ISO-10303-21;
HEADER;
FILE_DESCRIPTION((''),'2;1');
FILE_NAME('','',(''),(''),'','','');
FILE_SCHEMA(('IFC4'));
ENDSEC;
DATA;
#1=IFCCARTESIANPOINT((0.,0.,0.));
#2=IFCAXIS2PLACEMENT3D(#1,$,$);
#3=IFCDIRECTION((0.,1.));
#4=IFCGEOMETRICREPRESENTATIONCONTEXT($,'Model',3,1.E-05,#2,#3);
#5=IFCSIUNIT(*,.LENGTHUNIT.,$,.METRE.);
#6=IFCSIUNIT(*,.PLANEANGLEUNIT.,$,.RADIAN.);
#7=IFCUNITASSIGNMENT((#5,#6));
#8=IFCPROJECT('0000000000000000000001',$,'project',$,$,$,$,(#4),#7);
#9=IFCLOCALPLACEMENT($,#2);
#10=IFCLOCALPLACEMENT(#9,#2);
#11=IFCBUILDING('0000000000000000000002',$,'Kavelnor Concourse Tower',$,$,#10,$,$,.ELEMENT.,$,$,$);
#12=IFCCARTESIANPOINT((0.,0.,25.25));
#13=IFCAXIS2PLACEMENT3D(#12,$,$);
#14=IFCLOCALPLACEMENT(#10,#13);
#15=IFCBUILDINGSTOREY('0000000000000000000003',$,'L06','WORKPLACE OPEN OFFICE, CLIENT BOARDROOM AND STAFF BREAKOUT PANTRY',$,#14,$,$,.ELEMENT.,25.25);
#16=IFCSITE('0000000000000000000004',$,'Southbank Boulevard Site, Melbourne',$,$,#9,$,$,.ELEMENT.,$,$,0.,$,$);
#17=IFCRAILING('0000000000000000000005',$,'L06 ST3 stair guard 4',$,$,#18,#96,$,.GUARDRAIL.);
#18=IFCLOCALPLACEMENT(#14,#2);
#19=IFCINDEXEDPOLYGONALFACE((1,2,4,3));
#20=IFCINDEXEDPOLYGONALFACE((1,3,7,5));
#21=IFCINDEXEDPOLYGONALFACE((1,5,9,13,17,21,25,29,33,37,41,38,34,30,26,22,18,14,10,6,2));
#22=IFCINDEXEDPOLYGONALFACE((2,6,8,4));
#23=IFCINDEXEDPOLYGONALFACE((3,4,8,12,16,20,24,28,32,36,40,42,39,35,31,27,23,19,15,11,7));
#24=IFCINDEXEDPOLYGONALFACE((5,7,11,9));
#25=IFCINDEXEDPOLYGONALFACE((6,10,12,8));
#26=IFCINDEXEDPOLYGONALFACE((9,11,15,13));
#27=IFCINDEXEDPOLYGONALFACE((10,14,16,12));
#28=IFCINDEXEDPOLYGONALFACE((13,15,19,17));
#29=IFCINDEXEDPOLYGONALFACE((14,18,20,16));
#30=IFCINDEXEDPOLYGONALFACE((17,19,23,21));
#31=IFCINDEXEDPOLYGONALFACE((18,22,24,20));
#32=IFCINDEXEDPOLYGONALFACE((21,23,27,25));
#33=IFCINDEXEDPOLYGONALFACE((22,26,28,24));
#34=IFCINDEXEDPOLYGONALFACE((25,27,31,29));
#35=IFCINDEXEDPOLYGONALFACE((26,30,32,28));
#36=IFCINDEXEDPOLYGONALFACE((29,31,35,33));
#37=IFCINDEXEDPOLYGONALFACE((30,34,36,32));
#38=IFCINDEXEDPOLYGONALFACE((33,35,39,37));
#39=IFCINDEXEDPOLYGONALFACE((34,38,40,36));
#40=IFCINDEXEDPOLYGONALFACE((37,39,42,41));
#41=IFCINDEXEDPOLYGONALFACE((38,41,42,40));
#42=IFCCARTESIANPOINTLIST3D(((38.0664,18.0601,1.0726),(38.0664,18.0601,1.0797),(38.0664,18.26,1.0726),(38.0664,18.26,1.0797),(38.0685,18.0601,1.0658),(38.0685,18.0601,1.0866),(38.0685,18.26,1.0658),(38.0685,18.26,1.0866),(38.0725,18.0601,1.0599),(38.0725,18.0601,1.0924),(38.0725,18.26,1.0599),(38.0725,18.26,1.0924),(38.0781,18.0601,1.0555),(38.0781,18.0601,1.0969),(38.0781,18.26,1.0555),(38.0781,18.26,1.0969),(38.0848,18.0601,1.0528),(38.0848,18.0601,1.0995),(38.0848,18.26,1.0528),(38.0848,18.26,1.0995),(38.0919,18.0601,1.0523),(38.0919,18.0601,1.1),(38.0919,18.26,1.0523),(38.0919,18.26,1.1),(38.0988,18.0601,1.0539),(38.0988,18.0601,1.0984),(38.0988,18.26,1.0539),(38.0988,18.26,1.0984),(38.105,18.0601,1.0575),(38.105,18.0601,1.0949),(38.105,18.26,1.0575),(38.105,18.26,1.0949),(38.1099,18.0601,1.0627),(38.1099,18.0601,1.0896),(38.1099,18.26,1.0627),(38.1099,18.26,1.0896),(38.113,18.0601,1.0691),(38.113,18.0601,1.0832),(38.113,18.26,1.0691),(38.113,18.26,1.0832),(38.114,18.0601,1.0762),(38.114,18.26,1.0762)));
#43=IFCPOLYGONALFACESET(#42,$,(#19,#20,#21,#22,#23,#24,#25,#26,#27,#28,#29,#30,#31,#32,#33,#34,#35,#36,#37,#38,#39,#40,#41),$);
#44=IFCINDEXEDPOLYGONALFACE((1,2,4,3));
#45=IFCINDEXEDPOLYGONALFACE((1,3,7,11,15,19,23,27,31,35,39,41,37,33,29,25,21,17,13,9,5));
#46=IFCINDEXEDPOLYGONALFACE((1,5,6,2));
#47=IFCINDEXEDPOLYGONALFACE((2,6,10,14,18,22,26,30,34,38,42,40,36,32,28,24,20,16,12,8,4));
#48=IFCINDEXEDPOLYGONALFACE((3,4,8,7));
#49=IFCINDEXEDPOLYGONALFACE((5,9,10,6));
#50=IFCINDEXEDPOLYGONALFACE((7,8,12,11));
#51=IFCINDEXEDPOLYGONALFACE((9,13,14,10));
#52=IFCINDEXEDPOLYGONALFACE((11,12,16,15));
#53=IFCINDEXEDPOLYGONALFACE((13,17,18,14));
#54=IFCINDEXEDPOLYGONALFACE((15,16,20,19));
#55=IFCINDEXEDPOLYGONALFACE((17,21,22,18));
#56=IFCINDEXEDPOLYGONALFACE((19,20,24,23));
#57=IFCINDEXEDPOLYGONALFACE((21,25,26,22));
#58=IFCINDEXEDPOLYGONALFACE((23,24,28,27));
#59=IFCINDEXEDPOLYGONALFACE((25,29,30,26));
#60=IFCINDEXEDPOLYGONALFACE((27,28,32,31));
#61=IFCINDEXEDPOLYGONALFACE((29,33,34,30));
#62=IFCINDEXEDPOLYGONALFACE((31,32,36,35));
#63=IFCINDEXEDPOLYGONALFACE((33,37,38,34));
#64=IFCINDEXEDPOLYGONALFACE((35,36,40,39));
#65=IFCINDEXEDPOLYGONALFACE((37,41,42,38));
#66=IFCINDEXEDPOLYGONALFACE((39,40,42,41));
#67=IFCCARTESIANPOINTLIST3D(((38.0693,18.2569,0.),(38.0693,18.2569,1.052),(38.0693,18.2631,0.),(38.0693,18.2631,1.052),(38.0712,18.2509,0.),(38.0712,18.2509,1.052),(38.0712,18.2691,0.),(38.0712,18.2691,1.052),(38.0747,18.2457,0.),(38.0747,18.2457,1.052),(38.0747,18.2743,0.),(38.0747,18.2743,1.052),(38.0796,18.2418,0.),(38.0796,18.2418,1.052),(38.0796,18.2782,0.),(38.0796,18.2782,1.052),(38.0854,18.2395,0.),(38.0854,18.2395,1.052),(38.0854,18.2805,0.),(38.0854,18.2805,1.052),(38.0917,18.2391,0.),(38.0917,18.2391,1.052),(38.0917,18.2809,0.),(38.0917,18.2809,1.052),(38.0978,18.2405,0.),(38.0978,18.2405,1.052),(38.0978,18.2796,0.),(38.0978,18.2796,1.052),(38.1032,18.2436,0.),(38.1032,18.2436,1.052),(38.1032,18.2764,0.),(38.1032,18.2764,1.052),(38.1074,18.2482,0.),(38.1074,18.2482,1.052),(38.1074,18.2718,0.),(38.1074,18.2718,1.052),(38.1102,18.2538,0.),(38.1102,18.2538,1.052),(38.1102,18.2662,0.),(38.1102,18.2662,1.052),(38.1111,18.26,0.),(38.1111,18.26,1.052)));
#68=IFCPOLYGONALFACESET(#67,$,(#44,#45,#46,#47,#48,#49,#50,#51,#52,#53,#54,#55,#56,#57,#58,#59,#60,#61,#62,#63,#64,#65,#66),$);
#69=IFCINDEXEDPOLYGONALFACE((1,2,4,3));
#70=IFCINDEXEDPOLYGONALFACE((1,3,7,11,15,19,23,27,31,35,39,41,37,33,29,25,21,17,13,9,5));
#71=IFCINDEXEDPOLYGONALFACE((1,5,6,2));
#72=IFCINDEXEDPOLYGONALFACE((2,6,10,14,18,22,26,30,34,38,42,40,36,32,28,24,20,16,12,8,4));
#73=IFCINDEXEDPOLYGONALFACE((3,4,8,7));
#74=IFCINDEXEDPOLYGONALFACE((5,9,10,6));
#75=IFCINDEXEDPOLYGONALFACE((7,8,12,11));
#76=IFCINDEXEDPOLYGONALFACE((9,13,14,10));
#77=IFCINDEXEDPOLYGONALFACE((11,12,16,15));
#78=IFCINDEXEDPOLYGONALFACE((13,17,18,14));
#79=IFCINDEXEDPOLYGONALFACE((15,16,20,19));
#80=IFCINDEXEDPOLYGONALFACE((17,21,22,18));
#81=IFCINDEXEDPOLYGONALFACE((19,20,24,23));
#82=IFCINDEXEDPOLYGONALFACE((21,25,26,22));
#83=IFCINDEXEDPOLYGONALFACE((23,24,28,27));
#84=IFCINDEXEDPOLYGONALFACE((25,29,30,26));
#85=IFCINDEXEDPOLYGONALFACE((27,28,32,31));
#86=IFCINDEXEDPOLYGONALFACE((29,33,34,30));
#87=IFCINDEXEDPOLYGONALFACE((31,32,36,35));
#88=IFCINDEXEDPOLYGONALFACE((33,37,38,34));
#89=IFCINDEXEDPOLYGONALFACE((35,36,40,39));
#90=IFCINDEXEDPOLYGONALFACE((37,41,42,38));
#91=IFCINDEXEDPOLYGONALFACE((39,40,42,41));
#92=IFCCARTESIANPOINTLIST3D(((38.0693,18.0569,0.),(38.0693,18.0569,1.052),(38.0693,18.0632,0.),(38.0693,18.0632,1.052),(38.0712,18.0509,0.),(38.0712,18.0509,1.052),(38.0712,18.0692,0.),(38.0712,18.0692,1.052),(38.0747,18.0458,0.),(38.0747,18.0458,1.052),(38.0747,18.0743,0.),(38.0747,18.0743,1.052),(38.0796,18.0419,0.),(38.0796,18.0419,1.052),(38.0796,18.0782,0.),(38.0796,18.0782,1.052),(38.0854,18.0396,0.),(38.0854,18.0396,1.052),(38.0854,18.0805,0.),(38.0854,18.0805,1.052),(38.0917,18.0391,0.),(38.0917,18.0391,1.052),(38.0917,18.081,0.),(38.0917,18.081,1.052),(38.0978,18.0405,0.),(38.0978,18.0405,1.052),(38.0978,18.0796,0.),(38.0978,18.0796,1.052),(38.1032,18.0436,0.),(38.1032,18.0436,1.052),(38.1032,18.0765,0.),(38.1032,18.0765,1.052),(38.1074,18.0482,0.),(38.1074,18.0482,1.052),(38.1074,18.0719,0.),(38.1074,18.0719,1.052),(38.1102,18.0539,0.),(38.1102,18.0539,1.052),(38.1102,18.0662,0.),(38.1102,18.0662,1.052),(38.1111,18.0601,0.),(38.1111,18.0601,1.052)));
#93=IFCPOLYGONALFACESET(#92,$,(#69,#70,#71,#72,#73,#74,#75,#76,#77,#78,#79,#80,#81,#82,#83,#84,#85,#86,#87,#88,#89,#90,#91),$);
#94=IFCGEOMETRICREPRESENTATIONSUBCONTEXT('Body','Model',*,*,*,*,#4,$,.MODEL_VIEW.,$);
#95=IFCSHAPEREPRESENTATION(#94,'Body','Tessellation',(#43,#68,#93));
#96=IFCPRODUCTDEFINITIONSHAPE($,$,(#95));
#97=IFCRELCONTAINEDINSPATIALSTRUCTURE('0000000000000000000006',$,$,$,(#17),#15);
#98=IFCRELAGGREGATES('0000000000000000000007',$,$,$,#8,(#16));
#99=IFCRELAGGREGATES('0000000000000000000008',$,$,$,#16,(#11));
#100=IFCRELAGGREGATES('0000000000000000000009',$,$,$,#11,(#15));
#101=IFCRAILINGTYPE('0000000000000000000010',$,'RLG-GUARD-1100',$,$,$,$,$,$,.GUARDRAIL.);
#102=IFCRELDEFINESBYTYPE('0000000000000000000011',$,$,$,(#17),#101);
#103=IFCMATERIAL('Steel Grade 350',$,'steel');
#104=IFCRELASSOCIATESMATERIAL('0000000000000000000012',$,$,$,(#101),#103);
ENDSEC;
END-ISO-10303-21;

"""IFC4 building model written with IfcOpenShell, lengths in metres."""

from ifc_helpers import new_model, si_unit, direction, frame, origin, origin_2d, place, context, subcontext, project, spatial, circle, extrude, material, type_object, element, save


model = new_model("IFC4")

# Units and contexts
model_context = context("Model", 3, precision=1e-05, world=origin(), true_north=direction((0.0, 1.0)))
body_context = subcontext(model_context, "Body", "Model", "MODEL_VIEW")
ifc_project = project(units=[si_unit("LENGTHUNIT", "METRE"), si_unit("PLANEANGLEUNIT", "RADIAN")], contexts=[model_context])

# Site, building, storey
site_placement = place(None, origin())
site = spatial("IfcSite", under=ifc_project, at=site_placement, Name="Southbank Boulevard Site, Melbourne", CompositionType="ELEMENT", RefElevation=0.0)
building_placement = place(site_placement, origin())
building = spatial("IfcBuilding", under=site, at=building_placement, Name="Kavelnor Concourse Tower", CompositionType="ELEMENT")
storey_placement = place(building_placement, frame((0.0, 0.0, 25.25)))
storey = spatial("IfcBuildingStorey", under=building, at=storey_placement, Name="L06", Description="WORKPLACE OPEN OFFICE, CLIENT BOARDROOM AND STAFF BREAKOUT PANTRY", CompositionType="ELEMENT", Elevation=25.25)

# Shared definitions
ifc_material_1 = material(Name="Steel Grade 350", Category="steel")

# Railing
railing_type_1 = type_object("IfcRailingType", Name="RLG-GUARD-1100", PredefinedType="GUARDRAIL", material=ifc_material_1)
railing_1_placement = place(storey_placement, frame((38.0901, 18.26, 0.0)))
element("IfcRailing", 1, at=railing_1_placement, inside=storey, type_object=railing_type_1, Name="L06 ST3 stair guard 4", PredefinedType="GUARDRAIL", context=body_context, shape_type="SweptSolid", body=[
    extrude(circle(Radius=0.0239, at=origin_2d()), frame((0.0, 0.0, 1.0762), z_axis=(0.0, -1.0, 0.0), x_axis=(1.0, 0.0, 0.0)), (0.0, 0.0, 1.0), 0.2),
    extrude(circle(Radius=0.021, at=origin_2d()), origin(), (0.0, 0.0, 1.0), 1.052),
    extrude(circle(Radius=0.021, at=origin_2d()), frame((0.0, -0.2, 0.0)), (0.0, 0.0, 1.0), 1.052),
])

save(model, "model.ifc")
